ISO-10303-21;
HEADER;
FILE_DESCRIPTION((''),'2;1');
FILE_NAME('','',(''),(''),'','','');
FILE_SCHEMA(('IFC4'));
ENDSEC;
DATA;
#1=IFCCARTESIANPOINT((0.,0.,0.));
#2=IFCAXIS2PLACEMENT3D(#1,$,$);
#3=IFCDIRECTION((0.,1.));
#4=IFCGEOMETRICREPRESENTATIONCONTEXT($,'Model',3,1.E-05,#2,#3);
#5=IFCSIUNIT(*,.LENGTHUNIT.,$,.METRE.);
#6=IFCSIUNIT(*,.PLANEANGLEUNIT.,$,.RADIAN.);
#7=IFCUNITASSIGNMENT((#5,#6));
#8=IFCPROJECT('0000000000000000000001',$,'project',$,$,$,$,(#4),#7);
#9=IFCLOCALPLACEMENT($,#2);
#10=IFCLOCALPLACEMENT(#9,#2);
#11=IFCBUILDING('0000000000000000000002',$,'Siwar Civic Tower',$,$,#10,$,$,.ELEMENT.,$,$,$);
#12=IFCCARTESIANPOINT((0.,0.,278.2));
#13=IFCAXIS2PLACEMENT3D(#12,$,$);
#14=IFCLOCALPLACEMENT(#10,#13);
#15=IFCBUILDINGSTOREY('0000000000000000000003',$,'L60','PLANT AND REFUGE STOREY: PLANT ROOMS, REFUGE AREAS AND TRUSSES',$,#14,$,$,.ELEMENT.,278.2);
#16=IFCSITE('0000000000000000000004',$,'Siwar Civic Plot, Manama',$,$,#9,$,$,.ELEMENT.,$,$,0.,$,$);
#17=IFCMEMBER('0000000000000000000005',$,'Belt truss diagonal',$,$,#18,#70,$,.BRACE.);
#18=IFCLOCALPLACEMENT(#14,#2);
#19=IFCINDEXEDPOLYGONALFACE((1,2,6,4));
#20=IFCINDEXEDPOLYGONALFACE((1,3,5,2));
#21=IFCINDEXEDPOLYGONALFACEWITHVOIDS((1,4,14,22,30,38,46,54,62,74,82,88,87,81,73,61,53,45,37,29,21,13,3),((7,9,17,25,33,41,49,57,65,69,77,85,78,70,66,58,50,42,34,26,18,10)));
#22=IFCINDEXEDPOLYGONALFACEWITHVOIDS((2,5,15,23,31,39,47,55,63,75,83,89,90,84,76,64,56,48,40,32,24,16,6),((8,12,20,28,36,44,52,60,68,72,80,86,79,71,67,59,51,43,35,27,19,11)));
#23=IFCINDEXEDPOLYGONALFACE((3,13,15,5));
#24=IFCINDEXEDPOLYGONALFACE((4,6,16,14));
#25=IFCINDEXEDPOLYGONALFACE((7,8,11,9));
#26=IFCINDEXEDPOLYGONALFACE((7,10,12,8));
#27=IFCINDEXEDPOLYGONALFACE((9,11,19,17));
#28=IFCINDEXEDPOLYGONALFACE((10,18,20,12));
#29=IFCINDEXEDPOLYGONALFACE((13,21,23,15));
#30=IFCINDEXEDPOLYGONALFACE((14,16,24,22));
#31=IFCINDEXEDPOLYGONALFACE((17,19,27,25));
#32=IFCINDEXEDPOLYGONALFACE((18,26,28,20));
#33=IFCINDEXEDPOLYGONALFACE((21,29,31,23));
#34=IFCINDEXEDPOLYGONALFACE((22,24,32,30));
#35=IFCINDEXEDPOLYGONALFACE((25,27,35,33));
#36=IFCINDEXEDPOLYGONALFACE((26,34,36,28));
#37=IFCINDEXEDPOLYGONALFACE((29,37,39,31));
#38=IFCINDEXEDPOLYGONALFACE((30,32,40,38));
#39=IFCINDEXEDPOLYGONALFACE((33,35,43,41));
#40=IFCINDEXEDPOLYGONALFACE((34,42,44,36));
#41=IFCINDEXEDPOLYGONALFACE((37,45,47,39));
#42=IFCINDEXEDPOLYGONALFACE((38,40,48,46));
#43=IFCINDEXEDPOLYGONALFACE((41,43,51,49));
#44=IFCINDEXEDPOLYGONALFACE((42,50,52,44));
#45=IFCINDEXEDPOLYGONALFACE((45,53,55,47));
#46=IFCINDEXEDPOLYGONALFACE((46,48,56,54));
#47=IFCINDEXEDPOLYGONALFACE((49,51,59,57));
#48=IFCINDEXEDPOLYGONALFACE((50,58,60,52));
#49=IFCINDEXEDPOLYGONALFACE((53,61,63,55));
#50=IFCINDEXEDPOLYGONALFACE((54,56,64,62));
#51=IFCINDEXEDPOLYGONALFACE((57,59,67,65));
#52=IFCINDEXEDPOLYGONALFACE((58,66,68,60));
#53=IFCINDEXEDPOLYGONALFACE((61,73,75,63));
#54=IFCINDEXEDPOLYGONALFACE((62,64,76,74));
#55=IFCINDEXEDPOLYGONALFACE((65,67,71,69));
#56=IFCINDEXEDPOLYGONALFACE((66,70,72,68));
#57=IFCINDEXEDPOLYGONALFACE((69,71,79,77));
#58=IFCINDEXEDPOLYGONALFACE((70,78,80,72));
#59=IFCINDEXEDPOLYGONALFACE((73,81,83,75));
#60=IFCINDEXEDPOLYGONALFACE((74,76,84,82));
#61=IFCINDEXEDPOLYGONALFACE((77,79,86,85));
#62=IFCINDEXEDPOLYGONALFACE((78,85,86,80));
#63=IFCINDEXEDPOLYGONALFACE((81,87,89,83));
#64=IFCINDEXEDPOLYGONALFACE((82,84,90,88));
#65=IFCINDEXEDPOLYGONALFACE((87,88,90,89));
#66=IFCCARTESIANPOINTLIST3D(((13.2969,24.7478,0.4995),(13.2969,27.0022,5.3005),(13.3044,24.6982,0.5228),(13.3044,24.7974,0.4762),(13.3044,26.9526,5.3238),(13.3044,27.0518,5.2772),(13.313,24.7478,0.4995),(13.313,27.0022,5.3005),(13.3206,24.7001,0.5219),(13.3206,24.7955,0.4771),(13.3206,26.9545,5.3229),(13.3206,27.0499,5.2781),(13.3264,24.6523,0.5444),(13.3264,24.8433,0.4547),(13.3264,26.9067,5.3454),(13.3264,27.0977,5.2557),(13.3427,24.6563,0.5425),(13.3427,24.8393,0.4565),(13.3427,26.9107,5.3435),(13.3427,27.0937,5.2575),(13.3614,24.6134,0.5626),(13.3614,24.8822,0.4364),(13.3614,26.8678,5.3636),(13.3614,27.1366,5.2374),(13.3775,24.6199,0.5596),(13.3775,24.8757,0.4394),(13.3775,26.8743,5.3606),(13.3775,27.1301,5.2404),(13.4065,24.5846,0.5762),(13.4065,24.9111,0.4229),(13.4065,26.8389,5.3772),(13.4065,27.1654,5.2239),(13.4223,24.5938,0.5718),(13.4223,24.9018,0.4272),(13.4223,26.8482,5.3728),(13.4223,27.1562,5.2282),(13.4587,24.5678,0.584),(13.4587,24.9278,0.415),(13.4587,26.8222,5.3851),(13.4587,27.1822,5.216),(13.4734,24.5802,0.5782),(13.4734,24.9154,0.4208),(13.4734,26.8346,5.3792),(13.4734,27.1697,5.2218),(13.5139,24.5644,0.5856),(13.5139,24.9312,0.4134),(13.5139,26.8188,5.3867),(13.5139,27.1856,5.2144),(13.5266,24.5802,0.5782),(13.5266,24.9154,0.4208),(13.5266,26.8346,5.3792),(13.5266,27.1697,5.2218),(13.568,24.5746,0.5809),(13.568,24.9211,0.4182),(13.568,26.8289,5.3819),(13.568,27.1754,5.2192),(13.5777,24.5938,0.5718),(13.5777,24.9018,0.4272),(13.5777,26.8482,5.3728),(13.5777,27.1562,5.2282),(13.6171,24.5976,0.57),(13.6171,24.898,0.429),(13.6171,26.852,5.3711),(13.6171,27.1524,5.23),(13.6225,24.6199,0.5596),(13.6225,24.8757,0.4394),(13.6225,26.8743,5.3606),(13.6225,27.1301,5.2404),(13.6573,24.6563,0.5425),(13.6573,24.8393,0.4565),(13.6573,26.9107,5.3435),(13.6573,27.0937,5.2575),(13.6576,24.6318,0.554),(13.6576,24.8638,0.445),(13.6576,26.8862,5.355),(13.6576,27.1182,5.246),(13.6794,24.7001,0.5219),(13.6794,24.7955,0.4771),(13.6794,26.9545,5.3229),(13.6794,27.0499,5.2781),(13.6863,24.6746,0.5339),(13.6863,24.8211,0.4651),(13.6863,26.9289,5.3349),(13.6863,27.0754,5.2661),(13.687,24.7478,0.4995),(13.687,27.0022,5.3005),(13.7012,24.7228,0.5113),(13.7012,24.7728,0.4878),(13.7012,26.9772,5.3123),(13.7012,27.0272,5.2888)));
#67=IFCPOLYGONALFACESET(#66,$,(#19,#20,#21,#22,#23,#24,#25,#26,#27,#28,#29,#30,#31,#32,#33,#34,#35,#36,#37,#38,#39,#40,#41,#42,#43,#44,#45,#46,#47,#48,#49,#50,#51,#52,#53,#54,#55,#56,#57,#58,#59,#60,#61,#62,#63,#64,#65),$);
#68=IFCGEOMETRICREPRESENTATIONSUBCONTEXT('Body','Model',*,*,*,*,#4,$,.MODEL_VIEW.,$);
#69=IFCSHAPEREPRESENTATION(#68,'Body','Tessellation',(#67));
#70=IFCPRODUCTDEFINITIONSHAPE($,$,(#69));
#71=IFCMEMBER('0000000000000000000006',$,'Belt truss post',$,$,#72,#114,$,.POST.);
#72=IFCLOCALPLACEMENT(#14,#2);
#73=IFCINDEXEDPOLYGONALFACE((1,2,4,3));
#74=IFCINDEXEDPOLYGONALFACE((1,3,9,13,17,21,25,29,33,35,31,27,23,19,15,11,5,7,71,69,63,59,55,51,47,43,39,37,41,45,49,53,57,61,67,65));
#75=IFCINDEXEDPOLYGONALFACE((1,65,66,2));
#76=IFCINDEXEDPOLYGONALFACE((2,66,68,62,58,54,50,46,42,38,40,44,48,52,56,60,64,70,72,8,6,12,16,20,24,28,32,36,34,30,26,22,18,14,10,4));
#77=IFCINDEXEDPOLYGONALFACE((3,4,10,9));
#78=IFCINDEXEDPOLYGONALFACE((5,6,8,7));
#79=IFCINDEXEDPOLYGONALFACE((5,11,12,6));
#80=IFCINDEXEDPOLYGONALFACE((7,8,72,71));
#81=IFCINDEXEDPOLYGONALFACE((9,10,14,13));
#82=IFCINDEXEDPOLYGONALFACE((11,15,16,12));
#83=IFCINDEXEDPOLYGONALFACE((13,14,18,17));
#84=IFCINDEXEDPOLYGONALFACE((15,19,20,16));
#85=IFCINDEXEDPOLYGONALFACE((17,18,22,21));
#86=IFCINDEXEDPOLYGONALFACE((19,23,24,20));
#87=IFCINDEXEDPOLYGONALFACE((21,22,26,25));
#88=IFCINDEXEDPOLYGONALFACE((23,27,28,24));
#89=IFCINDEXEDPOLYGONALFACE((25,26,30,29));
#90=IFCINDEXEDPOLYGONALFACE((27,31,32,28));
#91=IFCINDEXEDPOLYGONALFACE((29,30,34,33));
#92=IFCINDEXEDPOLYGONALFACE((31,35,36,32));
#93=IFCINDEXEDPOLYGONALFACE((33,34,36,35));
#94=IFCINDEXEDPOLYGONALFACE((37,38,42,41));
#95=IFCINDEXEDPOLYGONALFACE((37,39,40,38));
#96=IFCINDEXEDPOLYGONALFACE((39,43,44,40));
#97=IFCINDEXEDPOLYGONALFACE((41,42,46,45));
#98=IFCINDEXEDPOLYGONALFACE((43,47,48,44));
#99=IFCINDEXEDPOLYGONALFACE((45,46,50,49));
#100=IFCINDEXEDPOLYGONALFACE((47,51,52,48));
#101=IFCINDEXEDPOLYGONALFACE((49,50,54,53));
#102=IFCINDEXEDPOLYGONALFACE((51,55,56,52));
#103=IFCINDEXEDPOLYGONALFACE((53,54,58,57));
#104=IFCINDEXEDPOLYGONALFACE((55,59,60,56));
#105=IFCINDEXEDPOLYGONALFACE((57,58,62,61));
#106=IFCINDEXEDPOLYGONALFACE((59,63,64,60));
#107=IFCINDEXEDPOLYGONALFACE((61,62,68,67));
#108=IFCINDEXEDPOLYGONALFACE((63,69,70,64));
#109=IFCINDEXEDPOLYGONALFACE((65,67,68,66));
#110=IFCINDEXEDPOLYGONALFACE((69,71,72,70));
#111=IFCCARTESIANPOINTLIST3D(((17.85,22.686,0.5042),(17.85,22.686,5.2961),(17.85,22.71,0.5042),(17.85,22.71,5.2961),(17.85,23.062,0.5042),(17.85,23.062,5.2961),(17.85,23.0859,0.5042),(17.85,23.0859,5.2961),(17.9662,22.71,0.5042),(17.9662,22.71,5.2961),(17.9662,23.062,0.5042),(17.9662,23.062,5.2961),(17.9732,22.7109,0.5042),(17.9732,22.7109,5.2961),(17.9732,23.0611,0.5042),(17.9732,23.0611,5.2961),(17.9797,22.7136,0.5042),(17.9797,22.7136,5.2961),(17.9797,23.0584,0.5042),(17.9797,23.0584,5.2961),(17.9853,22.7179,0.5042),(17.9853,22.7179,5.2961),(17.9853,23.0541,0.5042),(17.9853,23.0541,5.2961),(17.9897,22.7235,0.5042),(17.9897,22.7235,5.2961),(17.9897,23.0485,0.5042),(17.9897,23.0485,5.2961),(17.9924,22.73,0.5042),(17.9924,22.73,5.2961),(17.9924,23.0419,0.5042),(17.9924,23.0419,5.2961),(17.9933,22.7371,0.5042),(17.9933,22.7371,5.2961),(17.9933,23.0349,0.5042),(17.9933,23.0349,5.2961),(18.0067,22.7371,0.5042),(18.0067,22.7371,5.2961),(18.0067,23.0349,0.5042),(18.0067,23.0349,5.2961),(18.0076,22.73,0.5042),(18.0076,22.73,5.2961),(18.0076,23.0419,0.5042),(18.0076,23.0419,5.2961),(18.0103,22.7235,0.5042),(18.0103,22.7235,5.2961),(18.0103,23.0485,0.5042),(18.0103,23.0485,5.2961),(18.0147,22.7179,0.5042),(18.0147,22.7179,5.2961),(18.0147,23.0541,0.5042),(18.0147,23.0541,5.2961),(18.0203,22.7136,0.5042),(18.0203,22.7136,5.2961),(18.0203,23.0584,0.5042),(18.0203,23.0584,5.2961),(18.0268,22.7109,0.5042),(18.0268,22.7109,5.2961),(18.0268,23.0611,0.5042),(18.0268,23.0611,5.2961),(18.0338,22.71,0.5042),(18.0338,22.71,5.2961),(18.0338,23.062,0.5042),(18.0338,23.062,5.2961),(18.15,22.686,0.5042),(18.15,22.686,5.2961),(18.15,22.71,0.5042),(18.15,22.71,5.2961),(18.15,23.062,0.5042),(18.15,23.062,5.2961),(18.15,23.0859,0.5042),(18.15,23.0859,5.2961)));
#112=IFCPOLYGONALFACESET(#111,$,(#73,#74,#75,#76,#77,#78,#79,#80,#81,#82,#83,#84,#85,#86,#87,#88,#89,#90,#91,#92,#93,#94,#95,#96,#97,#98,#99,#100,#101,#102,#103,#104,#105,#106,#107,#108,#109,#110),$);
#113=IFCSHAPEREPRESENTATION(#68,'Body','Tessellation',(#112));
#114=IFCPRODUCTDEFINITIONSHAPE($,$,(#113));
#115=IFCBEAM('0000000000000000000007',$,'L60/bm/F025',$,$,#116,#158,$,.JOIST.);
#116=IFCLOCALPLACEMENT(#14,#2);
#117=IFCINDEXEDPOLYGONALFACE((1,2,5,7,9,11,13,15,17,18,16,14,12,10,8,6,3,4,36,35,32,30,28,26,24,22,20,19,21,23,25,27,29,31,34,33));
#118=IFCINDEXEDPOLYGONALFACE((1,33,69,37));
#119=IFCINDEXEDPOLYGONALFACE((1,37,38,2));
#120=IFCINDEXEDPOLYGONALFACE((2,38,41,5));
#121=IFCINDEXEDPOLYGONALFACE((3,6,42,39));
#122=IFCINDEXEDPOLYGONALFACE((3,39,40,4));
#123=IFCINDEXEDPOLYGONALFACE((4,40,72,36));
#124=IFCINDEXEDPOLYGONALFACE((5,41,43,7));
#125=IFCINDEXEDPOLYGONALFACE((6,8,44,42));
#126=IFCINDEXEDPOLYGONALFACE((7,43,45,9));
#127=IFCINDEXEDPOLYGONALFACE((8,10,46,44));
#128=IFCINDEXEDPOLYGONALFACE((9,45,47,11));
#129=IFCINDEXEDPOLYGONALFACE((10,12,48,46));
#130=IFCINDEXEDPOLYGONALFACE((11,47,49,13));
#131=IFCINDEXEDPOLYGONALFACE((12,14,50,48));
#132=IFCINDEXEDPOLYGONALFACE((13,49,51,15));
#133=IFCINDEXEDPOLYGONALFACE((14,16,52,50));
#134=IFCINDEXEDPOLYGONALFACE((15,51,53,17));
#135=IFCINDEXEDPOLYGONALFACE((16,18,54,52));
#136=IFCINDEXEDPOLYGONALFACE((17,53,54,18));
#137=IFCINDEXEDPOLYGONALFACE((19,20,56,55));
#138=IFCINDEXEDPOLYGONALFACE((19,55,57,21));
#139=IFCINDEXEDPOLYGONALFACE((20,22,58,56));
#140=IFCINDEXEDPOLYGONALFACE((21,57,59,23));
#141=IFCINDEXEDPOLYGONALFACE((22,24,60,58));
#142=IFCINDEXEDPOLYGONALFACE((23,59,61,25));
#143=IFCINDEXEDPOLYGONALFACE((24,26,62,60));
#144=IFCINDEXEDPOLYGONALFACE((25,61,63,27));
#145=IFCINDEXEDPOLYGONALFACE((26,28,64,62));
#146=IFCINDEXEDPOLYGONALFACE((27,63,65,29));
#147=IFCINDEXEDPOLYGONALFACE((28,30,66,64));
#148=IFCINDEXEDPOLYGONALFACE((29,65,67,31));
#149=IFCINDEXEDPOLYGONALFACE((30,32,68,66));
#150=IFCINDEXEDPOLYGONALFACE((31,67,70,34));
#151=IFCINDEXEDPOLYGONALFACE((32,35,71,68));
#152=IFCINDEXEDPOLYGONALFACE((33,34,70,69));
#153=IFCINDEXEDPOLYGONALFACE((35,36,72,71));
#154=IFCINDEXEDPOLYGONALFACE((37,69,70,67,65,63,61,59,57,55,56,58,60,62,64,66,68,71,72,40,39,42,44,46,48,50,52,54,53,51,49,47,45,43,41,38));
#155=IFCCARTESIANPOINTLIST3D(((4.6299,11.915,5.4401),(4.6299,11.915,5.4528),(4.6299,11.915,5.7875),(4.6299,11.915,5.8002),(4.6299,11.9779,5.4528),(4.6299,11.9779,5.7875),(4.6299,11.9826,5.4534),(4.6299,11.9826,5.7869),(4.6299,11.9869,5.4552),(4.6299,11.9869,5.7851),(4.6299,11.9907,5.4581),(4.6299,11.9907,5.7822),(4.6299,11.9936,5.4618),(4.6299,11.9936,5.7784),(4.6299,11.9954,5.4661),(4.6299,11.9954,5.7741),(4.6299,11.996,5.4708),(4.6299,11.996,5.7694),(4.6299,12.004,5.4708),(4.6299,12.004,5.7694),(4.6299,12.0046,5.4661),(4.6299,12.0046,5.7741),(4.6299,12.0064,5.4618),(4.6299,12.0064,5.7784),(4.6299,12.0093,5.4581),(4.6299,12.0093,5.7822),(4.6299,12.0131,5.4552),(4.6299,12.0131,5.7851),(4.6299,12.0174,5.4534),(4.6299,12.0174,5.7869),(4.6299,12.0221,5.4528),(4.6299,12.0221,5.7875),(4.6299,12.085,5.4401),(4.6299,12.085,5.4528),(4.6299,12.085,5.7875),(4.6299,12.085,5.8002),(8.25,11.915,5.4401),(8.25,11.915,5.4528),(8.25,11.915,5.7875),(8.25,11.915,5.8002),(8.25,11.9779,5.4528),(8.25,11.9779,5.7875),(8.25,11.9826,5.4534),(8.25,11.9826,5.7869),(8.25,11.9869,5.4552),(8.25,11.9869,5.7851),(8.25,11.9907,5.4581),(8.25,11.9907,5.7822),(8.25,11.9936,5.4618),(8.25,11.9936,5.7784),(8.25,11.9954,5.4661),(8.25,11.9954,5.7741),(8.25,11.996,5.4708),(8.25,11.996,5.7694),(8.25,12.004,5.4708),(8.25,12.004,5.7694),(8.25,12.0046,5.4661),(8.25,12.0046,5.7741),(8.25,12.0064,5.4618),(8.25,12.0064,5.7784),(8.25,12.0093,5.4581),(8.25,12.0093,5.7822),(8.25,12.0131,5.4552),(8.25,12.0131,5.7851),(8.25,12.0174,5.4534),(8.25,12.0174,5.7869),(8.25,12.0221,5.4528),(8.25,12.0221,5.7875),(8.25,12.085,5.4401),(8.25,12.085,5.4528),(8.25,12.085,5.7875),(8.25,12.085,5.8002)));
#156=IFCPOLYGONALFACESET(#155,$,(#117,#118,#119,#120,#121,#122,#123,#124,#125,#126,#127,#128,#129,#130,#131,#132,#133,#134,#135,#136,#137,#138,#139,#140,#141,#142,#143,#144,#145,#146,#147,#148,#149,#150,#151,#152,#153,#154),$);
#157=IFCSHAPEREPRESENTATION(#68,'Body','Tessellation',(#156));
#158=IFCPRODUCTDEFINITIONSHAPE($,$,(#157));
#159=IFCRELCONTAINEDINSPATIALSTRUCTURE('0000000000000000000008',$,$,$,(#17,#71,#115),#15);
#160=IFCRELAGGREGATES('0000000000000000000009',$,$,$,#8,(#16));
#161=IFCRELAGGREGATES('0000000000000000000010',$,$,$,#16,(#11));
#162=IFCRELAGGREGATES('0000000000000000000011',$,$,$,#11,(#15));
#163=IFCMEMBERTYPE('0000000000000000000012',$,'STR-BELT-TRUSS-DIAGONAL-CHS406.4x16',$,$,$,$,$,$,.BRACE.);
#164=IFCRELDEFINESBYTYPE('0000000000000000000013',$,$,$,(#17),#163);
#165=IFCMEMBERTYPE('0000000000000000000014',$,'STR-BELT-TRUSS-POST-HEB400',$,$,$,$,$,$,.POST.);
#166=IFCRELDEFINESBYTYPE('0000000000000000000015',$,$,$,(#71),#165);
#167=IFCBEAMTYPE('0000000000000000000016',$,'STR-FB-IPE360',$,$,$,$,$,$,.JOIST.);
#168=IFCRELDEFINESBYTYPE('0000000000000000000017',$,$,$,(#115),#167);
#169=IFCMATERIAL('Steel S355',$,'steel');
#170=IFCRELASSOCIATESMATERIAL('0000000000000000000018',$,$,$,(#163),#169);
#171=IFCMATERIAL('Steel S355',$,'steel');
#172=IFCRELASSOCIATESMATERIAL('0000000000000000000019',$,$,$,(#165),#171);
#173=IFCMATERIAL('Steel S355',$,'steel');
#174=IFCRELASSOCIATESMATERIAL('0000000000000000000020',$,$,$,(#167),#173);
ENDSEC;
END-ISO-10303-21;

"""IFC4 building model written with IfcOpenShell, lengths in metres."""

from ifc_helpers import new_model, si_unit, direction, frame, origin, origin_2d, place, context, subcontext, project, spatial, hollow_circle, i_section, extrude, material, material_profile, profile_set, type_object, element, save


model = new_model("IFC4")

# Units and contexts
model_context = context("Model", 3, precision=1e-05, world=origin(), true_north=direction((0.0, 1.0)))
body_context = subcontext(model_context, "Body", "Model", "MODEL_VIEW")
ifc_project = project(units=[si_unit("LENGTHUNIT", "METRE"), si_unit("PLANEANGLEUNIT", "RADIAN")], contexts=[model_context])

# Site, building, storey
site_placement = place(None, origin())
site = spatial("IfcSite", under=ifc_project, at=site_placement, Name="Siwar Civic Plot, Manama", CompositionType="ELEMENT", RefElevation=0.0)
building_placement = place(site_placement, origin())
building = spatial("IfcBuilding", under=site, at=building_placement, Name="Siwar Civic Tower", CompositionType="ELEMENT")
storey_placement = place(building_placement, frame((0.0, 0.0, 278.2)))
storey = spatial("IfcBuildingStorey", under=building, at=storey_placement, Name="L60", Description="PLANT AND REFUGE STOREY: PLANT ROOMS, REFUGE AREAS AND TRUSSES", CompositionType="ELEMENT", Elevation=278.2)

# Members
ifc_material_1 = material(Name="Steel S355", Category="steel")
ifc_material_profile_1 = material_profile(ifc_material_1, hollow_circle(Radius=0.2031, WallThickness=0.0161, at=origin_2d()), Name="CHS406.4x16")
ifc_profile_set_1 = profile_set([ifc_material_profile_1], Name="Steel S355")
member_type_1 = type_object("IfcMemberType", Name="STR-BELT-TRUSS-DIAGONAL-CHS406.4x16", PredefinedType="BRACE", material=ifc_profile_set_1)
member_1_placement = place(storey_placement, frame((13.5, 24.7478, 0.4995), z_axis=(0.0, 0.425039, 0.905175), x_axis=(-1.0, 0.0, 0.0)))
element("IfcMember", 1, at=member_1_placement, inside=storey, type_object=member_type_1, Name="Belt truss diagonal", PredefinedType="BRACE", context=body_context, shape_type="SweptSolid", body=[
    extrude(hollow_circle(Radius=0.2031, WallThickness=0.0161, at=origin_2d()), origin(), (0.0, 0.0, 1.0), 5.304),
])
ifc_material_2 = material(Name="Steel S355", Category="steel")
ifc_material_profile_2 = material_profile(ifc_material_2, i_section(OverallWidth=0.3, OverallDepth=0.3999, WebThickness=0.0134, FlangeThickness=0.0239, FilletRadius=0.0271, at=origin_2d()), Name="HEB400")
ifc_profile_set_2 = profile_set([ifc_material_profile_2], Name="Steel S355")
member_type_2 = type_object("IfcMemberType", Name="STR-BELT-TRUSS-POST-HEB400", PredefinedType="POST", material=ifc_profile_set_2)
member_2_placement = place(storey_placement, frame((18.0, 22.886, 0.5042), z_axis=(0.0, 0.0, 1.0), x_axis=(1.0, 0.0, 0.0)))
element("IfcMember", 2, at=member_2_placement, inside=storey, type_object=member_type_2, Name="Belt truss post", PredefinedType="POST", context=body_context, shape_type="SweptSolid", body=[
    extrude(i_section(OverallWidth=0.3, OverallDepth=0.3999, WebThickness=0.0134, FlangeThickness=0.0239, FilletRadius=0.0271, at=origin_2d()), origin(), (0.0, 0.0, 1.0), 4.792),
])

# Beam
ifc_material_3 = material(Name="Steel S355", Category="steel")
ifc_material_profile_3 = material_profile(ifc_material_3, i_section(OverallWidth=0.1699, OverallDepth=0.3601, WebThickness=0.0081, FlangeThickness=0.0127, FilletRadius=0.0181, at=origin_2d()), Name="IPE360")
ifc_profile_set_3 = profile_set([ifc_material_profile_3], Name="Steel S355")
beam_type_1 = type_object("IfcBeamType", Name="STR-FB-IPE360", PredefinedType="JOIST", material=ifc_profile_set_3)
beam_1_placement = place(storey_placement, frame((4.6299, 12.0, 5.6201), z_axis=(1.0, 0.0, 0.0), x_axis=(0.0, 1.0, 0.0)))
element("IfcBeam", 3, at=beam_1_placement, inside=storey, type_object=beam_type_1, Name="L60/bm/F025", PredefinedType="JOIST", context=body_context, shape_type="SweptSolid", body=[
    extrude(i_section(OverallWidth=0.1699, OverallDepth=0.3601, WebThickness=0.0081, FlangeThickness=0.0127, FilletRadius=0.0181, at=origin_2d()), origin(), (0.0, 0.0, 1.0), 3.6201),
])

save(model, "model.ifc")
